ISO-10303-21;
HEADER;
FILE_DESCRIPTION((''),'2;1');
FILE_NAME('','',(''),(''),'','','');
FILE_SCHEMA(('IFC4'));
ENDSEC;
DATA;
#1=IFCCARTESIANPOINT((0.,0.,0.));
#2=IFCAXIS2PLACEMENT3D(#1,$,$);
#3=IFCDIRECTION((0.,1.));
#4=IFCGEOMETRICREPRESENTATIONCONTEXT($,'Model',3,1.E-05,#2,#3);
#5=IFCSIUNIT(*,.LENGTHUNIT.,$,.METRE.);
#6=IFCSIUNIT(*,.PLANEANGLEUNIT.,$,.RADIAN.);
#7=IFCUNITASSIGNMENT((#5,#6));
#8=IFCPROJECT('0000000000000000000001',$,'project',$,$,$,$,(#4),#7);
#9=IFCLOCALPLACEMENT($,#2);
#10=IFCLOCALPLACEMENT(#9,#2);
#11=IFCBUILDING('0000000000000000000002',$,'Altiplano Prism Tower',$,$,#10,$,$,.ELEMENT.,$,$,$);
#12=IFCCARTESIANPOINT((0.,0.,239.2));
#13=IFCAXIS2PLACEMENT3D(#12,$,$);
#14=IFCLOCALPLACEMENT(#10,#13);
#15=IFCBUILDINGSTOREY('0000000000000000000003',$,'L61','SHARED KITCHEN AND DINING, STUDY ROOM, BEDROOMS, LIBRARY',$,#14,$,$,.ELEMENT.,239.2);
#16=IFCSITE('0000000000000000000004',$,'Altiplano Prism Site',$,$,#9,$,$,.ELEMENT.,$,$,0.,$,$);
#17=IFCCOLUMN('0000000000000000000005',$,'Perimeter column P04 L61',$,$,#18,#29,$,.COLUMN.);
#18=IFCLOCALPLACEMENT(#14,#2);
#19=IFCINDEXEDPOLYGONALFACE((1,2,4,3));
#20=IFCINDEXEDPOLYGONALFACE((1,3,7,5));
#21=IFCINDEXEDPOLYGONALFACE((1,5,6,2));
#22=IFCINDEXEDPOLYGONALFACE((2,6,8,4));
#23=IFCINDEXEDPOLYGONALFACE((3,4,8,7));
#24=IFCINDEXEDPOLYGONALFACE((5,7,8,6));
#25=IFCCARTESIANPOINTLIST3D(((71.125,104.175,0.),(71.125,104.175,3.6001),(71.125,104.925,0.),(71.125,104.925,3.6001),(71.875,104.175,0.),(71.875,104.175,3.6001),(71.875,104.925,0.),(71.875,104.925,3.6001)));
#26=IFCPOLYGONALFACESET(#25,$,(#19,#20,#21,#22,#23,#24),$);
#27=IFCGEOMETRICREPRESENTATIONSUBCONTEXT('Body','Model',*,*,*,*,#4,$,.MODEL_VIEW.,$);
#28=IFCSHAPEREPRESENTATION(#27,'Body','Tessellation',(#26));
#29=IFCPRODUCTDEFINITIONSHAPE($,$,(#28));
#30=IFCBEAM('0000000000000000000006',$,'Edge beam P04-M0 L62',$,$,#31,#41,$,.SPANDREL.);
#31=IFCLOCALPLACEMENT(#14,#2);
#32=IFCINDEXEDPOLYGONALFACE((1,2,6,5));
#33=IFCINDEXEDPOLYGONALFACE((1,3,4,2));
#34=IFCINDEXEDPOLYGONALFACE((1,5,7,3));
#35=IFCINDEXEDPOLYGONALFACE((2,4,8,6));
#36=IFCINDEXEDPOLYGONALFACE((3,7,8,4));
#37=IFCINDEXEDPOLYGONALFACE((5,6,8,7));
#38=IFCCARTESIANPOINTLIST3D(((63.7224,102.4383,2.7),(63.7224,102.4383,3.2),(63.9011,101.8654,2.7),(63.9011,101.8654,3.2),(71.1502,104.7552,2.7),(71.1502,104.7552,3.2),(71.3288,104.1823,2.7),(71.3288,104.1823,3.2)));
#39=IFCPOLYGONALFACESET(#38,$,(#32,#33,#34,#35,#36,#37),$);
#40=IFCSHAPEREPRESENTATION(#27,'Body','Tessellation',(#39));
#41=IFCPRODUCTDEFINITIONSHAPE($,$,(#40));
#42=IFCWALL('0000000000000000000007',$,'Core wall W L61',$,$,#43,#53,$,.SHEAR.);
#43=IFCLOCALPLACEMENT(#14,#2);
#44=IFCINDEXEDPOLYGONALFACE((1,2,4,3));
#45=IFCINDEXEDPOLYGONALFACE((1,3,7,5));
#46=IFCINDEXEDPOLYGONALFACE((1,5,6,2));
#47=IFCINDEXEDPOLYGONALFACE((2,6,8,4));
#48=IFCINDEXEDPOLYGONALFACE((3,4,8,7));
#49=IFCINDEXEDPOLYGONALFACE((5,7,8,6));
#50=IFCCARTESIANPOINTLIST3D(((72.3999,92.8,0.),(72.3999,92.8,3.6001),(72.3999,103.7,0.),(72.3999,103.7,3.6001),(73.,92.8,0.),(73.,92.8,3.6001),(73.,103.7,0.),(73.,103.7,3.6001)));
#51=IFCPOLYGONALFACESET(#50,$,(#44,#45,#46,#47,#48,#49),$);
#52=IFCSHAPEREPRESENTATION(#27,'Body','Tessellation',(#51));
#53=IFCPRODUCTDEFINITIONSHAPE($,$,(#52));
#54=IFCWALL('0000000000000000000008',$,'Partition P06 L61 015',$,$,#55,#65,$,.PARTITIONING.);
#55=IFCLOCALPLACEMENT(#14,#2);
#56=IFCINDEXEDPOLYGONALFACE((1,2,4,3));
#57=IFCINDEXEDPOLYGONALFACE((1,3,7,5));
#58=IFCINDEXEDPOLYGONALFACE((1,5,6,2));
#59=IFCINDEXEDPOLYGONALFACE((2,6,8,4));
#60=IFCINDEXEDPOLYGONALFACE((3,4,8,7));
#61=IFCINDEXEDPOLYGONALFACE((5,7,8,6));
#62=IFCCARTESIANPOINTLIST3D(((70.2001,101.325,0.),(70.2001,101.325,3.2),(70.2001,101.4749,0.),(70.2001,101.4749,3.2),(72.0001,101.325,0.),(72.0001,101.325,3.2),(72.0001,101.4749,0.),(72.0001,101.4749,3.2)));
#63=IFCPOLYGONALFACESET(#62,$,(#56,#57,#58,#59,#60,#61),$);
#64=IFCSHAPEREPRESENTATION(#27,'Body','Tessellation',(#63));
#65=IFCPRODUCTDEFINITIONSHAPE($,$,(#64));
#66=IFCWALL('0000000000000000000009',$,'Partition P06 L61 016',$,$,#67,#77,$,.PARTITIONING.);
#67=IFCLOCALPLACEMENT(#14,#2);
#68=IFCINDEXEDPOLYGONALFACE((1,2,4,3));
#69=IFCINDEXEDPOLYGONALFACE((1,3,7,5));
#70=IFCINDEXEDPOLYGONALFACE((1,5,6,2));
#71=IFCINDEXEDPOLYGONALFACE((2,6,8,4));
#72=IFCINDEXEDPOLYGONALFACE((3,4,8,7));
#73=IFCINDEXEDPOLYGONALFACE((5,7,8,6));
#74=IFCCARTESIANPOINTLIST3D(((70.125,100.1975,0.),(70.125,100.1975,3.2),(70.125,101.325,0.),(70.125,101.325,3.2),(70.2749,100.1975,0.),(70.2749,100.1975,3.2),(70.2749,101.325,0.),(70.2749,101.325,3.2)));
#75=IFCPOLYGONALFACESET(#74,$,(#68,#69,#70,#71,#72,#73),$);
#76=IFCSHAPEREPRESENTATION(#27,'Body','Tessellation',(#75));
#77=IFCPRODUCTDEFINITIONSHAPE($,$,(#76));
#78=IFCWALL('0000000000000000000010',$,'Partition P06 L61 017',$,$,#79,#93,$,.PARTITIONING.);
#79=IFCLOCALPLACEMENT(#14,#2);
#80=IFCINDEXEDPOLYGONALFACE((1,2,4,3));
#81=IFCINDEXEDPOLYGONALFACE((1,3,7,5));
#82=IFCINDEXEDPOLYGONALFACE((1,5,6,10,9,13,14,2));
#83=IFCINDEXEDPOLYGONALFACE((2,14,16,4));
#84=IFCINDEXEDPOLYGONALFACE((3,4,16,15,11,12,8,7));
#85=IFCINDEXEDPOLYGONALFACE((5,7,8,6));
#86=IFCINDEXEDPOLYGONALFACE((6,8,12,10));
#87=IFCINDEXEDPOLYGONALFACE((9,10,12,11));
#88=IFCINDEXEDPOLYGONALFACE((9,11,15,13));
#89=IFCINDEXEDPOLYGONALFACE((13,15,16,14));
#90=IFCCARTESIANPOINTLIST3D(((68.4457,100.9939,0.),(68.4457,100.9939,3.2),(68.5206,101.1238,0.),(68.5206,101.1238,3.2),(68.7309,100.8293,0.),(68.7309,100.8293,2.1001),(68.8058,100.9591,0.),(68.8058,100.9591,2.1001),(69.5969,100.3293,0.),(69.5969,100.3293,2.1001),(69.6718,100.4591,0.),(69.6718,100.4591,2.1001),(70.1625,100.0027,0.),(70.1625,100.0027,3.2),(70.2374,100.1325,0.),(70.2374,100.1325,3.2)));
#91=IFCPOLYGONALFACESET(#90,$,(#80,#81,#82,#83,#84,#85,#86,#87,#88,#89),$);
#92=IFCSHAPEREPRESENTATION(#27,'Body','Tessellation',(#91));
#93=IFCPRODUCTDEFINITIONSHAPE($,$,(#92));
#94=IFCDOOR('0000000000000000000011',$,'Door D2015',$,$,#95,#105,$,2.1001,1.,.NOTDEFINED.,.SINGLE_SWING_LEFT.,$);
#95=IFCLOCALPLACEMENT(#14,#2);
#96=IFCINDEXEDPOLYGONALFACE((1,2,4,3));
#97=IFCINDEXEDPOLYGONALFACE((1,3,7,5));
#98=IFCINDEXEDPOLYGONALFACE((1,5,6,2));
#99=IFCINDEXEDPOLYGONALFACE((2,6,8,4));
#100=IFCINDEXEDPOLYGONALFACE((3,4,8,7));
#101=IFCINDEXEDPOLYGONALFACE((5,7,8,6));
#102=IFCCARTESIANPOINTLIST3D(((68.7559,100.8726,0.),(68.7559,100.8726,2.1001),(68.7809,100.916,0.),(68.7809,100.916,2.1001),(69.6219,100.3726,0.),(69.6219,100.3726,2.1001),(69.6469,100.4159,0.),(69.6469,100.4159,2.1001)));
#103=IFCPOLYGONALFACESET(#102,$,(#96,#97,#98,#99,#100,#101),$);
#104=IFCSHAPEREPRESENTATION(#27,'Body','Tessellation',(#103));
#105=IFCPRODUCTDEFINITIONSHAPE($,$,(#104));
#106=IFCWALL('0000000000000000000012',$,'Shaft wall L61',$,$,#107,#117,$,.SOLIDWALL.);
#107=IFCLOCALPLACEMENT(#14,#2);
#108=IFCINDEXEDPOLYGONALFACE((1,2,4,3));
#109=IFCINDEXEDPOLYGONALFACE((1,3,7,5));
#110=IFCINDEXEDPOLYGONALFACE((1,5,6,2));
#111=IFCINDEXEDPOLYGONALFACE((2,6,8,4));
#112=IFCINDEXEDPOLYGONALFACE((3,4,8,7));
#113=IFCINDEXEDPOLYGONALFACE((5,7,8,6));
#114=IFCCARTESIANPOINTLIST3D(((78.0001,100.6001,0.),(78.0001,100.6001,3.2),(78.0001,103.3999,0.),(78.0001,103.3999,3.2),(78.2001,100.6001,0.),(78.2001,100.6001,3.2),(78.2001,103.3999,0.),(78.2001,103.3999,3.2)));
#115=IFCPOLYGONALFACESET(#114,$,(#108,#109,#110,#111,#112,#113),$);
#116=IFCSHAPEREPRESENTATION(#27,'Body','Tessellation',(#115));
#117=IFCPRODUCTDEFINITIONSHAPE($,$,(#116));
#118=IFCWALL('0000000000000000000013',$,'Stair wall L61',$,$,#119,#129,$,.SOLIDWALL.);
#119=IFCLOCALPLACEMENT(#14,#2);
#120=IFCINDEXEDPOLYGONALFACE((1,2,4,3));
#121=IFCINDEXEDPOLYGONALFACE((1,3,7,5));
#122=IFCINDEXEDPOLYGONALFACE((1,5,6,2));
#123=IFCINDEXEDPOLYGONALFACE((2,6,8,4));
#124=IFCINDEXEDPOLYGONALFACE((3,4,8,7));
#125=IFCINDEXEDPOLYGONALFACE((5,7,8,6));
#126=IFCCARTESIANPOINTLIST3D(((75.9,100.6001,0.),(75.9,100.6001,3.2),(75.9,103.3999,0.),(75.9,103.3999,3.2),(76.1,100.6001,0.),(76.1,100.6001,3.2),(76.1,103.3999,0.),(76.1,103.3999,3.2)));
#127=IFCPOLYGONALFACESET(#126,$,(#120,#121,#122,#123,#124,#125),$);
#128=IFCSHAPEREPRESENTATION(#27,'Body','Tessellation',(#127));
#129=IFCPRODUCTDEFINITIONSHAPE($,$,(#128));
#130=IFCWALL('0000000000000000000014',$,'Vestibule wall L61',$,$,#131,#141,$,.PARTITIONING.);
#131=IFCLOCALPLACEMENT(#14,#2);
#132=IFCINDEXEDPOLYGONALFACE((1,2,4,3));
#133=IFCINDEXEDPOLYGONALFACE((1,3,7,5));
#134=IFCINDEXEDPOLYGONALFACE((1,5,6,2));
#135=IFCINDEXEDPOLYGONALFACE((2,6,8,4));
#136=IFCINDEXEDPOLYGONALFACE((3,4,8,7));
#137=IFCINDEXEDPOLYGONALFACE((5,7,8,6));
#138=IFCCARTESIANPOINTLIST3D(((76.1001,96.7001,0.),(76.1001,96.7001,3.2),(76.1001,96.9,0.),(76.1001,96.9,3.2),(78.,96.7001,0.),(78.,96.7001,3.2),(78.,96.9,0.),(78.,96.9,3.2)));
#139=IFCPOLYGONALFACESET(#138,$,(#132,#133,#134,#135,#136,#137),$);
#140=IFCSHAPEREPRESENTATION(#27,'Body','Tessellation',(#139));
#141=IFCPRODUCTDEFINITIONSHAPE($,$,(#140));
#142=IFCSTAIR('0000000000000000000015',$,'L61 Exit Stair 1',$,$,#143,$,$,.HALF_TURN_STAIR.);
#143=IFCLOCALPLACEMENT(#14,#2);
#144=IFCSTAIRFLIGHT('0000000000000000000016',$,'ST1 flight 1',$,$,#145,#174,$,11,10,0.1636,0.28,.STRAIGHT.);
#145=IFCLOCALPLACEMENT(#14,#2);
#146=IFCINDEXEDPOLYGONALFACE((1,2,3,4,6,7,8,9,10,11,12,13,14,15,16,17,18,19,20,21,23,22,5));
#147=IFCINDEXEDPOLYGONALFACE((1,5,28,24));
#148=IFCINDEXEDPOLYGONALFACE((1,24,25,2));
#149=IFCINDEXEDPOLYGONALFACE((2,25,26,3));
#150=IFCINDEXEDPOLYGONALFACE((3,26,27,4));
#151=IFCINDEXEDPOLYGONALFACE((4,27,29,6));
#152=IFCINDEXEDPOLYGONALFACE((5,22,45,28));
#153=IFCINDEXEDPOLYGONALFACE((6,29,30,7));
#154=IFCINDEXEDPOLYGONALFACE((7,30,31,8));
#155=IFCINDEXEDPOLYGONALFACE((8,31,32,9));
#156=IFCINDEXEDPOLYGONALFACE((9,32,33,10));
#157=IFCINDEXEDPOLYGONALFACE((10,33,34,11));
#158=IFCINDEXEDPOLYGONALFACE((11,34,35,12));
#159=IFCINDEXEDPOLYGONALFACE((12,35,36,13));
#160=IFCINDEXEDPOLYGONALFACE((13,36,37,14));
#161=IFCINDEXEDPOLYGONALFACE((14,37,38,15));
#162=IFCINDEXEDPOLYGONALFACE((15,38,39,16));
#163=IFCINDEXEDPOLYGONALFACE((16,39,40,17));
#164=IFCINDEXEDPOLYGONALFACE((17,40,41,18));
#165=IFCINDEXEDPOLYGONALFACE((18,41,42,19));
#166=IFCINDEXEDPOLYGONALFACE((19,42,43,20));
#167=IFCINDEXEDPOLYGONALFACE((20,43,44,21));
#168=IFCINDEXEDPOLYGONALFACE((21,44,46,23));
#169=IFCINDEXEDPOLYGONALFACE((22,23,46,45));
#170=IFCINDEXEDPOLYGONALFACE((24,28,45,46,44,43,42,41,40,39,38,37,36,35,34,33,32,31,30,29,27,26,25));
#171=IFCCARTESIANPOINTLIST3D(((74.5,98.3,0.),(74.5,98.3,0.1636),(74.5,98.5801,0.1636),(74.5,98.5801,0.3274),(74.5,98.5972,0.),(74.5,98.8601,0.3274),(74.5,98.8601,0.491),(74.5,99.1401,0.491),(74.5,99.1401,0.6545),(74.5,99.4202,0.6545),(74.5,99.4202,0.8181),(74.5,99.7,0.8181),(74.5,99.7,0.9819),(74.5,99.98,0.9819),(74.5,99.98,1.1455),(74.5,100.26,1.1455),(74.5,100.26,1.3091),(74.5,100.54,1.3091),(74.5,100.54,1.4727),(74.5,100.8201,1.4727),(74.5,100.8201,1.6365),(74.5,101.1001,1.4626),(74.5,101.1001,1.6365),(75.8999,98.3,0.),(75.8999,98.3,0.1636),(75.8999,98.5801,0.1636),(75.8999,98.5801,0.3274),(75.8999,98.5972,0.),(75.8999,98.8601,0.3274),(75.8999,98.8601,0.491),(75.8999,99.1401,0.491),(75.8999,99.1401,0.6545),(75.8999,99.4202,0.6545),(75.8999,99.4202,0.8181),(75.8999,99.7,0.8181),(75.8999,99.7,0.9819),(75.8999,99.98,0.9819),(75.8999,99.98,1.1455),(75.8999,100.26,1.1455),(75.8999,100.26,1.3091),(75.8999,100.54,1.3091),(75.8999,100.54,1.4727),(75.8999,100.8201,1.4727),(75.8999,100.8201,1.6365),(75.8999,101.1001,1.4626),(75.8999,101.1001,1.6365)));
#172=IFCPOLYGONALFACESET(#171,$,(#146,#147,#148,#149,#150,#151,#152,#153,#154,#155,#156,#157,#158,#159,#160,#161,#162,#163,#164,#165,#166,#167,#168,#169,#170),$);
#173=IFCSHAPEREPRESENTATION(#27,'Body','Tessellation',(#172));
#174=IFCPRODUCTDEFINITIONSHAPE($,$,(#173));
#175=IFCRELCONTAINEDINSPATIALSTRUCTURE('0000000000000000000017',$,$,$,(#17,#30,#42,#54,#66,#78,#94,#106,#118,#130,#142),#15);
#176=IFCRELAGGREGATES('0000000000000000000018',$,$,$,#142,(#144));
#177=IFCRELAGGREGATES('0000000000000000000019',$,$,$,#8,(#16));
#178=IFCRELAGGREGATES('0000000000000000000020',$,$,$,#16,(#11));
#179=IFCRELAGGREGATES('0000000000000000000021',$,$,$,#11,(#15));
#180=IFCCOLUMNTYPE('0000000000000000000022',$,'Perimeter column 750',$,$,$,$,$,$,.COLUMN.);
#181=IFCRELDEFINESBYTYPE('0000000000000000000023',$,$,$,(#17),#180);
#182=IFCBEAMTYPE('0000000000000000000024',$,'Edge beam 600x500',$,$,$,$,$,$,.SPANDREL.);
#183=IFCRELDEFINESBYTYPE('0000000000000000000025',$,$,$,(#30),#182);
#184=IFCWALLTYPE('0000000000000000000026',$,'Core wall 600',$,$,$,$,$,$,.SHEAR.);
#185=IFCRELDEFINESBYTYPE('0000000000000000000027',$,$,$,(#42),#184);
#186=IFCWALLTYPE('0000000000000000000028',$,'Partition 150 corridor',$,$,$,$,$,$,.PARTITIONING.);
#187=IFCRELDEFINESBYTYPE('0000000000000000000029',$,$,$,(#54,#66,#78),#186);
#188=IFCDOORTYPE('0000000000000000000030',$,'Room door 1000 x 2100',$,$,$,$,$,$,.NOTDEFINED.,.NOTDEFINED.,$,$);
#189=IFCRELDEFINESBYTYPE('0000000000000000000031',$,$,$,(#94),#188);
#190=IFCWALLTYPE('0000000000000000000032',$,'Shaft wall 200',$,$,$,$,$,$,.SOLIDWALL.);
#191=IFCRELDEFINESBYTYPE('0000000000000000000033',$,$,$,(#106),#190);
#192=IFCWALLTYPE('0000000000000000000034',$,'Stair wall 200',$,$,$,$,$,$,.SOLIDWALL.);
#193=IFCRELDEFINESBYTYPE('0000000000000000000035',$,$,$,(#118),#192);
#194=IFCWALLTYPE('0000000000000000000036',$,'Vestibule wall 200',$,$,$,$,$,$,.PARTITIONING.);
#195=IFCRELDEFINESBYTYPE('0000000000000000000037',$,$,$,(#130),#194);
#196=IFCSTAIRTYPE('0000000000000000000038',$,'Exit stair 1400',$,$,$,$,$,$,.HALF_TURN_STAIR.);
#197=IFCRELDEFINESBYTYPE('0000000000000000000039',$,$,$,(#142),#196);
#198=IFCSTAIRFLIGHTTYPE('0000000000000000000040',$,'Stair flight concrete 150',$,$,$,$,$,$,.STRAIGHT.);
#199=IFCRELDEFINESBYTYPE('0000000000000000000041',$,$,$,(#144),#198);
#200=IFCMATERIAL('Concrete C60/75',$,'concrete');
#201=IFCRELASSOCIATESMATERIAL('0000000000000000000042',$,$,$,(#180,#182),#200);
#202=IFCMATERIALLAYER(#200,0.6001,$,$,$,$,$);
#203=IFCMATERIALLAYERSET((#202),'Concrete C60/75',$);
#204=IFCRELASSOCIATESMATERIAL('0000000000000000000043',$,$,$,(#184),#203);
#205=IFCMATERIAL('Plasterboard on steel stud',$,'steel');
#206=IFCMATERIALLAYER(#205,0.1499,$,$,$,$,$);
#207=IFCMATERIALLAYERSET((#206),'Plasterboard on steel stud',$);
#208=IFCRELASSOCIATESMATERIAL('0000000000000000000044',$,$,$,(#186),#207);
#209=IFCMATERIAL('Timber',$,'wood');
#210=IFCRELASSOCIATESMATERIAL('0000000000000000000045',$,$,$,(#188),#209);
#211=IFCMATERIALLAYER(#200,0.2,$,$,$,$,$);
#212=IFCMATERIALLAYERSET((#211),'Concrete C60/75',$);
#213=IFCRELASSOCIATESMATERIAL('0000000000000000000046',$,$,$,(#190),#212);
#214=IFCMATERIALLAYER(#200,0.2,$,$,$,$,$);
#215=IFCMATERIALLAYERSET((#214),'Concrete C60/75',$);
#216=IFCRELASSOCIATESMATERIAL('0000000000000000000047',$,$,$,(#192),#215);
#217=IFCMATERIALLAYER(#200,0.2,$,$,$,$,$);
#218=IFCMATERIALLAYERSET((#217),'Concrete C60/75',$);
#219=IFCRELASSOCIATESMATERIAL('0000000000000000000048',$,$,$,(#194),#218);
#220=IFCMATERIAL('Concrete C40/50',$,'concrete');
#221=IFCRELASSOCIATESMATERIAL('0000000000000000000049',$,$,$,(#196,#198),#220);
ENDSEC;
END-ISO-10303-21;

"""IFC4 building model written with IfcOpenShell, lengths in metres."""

from ifc_helpers import new_model, si_unit, direction, frame, frame_2d, origin, origin_2d, place, context, subcontext, project, spatial, polyline, rectangle, outline, extrude, material, layer, layer_set, material_profile, profile_set, type_object, element, fill, aggregate, save


model = new_model("IFC4")

# Units and contexts
model_context = context("Model", 3, precision=1e-05, world=origin(), true_north=direction((0.0, 1.0)))
body_context = subcontext(model_context, "Body", "Model", "MODEL_VIEW")
ifc_project = project(units=[si_unit("LENGTHUNIT", "METRE"), si_unit("PLANEANGLEUNIT", "RADIAN")], contexts=[model_context])

# Site, building, storey
site_placement = place(None, origin())
site = spatial("IfcSite", under=ifc_project, at=site_placement, Name="Altiplano Prism Site", CompositionType="ELEMENT", RefElevation=0.0)
building_placement = place(site_placement, origin())
building = spatial("IfcBuilding", under=site, at=building_placement, Name="Altiplano Prism Tower", CompositionType="ELEMENT")
storey_placement = place(building_placement, frame((0.0, 0.0, 239.2)))
storey = spatial("IfcBuildingStorey", under=building, at=storey_placement, Name="L61", Description="SHARED KITCHEN AND DINING, STUDY ROOM, BEDROOMS, LIBRARY", CompositionType="ELEMENT", Elevation=239.2)

# Column
ifc_material_1 = material(Name="Concrete C60/75", Category="concrete")
ifc_material_profile_1 = material_profile(ifc_material_1, rectangle(XDim=0.75, YDim=0.75, at=origin_2d()), Name="Perimeter column 750")
ifc_profile_set_1 = profile_set([ifc_material_profile_1], Name="Concrete C60/75")
column_type = type_object("IfcColumnType", Name="Perimeter column 750", PredefinedType="COLUMN", material=ifc_profile_set_1)
column_placement = place(storey_placement, frame((71.5, 104.55, 0.0), z_axis=(0.0, 0.0, 1.0), x_axis=(1.0, 0.0, 0.0)))
element("IfcColumn", 1, at=column_placement, inside=storey, type_object=column_type, Name="Perimeter column P04 L61", PredefinedType="COLUMN", context=body_context, shape_type="SweptSolid", body=[
    extrude(rectangle(XDim=0.75, YDim=0.75, at=origin_2d()), origin(), (0.0, 0.0, 1.0), 3.6001),
])

# Beam
ifc_material_profile_2 = material_profile(ifc_material_1, rectangle(XDim=0.6001, YDim=0.5, at=origin_2d()), Name="Edge beam 600x500")
ifc_profile_set_2 = profile_set([ifc_material_profile_2], Name="Concrete C60/75")
beam_type = type_object("IfcBeamType", Name="Edge beam 600x500", PredefinedType="SPANDREL", material=ifc_profile_set_2)
beam_placement = place(storey_placement, frame((71.2395, 104.4688, 2.95), z_axis=(-0.954636, -0.297775, 0.0), x_axis=(0.297775, -0.954636, 0.0)))
element("IfcBeam", 2, at=beam_placement, inside=storey, type_object=beam_type, Name="Edge beam P04-M0 L62", PredefinedType="SPANDREL", context=body_context, shape_type="SweptSolid", body=[
    extrude(rectangle(XDim=0.6001, YDim=0.5, at=origin_2d()), origin(), (0.0, 0.0, 1.0), 7.7808),
])

# Walls
ifc_layer_1 = layer(ifc_material_1, 0.6001)
ifc_layer_set_1 = layer_set([ifc_layer_1], Name="Concrete C60/75")
wall_type_1 = type_object("IfcWallType", Name="Core wall 600", PredefinedType="SHEAR", material=ifc_layer_set_1)
wall_1_placement = place(storey_placement, frame((72.7, 103.7, 0.0), z_axis=(0.0, 0.0, 1.0), x_axis=(0.0, -1.0, 0.0)))
element("IfcWall", 3, at=wall_1_placement, inside=storey, type_object=wall_type_1, Name="Core wall W L61", PredefinedType="SHEAR", context=body_context, shape_type="SweptSolid", body=[
    extrude(rectangle(XDim=10.8999, YDim=0.6001, at=frame_2d((5.45, 0.0))), origin(), (0.0, 0.0, 1.0), 3.6001),
])
ifc_material_2 = material(Name="Plasterboard on steel stud", Category="steel")
ifc_layer_2 = layer(ifc_material_2, 0.1499)
ifc_layer_set_2 = layer_set([ifc_layer_2], Name="Plasterboard on steel stud")
wall_type_2 = type_object("IfcWallType", Name="Partition 150 corridor", PredefinedType="PARTITIONING", material=ifc_layer_set_2)
wall_2_placement = place(storey_placement, frame((72.0, 101.3999, 0.0), z_axis=(0.0, 0.0, 1.0), x_axis=(-1.0, 0.0, 0.0)))
element("IfcWall", 4, at=wall_2_placement, inside=storey, type_object=wall_type_2, Name="Partition P06 L61 015", PredefinedType="PARTITIONING", context=body_context, shape_type="SweptSolid", body=[
    extrude(rectangle(XDim=1.8, YDim=0.1499, at=frame_2d((0.8999, 0.0))), origin(), (0.0, 0.0, 1.0), 3.2),
])
wall_3_placement = place(storey_placement, frame((70.2, 101.325, 0.0), z_axis=(0.0, 0.0, 1.0), x_axis=(0.0, -1.0, 0.0)))
element("IfcWall", 5, at=wall_3_placement, inside=storey, type_object=wall_type_2, Name="Partition P06 L61 016", PredefinedType="PARTITIONING", context=body_context, shape_type="SweptSolid", body=[
    extrude(rectangle(XDim=1.1274, YDim=0.1499, at=frame_2d((0.5637, 0.0))), origin(), (0.0, 0.0, 1.0), 3.2),
])

# Wall, opening, door
wall_4_placement = place(storey_placement, frame((70.2, 100.0676, 0.0), z_axis=(0.0, 0.0, 1.0), x_axis=(-0.866022, 0.500007, 0.0)))
wall_4 = element("IfcWall", 6, at=wall_4_placement, inside=storey, type_object=wall_type_2, Name="Partition P06 L61 017", PredefinedType="PARTITIONING", context=body_context, shape_type="SweptSolid", body=[
    extrude(rectangle(XDim=1.9824, YDim=0.1499, at=frame_2d((0.9912, 0.0))), origin(), (0.0, 0.0, 1.0), 3.2),
])
opening_1_placement = place(wall_4_placement, frame((0.6531, 0.0, 0.0)))
opening_1 = element("IfcOpeningElement", 7, at=opening_1_placement, cuts=wall_4, PredefinedType="OPENING", context=body_context, shape_type="SweptSolid", body=[
    extrude(rectangle(XDim=1.0, YDim=2.1001, at=frame_2d((0.5, 1.05))), frame((0.0, 0.0854, 0.0), z_axis=(0.0, -1.0, 0.0), x_axis=(1.0, 0.0, 0.0)), (0.0, 0.0, 1.0), 0.1709),
])
ifc_material_3 = material(Name="Timber", Category="wood")
door_type_1 = type_object("IfcDoorType", Name="Room door 1000 x 2100", OperationType="NOTDEFINED", PredefinedType="NOTDEFINED", material=ifc_material_3)
door_1_placement = place(opening_1_placement, origin())
door_1 = element("IfcDoor", 8, at=door_1_placement, inside=storey, type_object=door_type_1, Name="Door D2015", OperationType="SINGLE_SWING_LEFT", OverallHeight=2.1001, OverallWidth=1.0, PredefinedType="NOTDEFINED", context=body_context, shape_type="SweptSolid", body=[
    extrude(rectangle(XDim=1.0, YDim=2.1001, at=frame_2d((0.5, 1.05))), frame((0.0, 0.0249, 0.0), z_axis=(0.0, -1.0, 0.0), x_axis=(1.0, 0.0, 0.0)), (0.0, 0.0, 1.0), 0.05),
])
fill(opening_1, door_1)

# Wall
ifc_layer_3 = layer(ifc_material_1, 0.2)
ifc_layer_set_3 = layer_set([ifc_layer_3], Name="Concrete C60/75")
wall_type_3 = type_object("IfcWallType", Name="Shaft wall 200", PredefinedType="SOLIDWALL", material=ifc_layer_set_3)
wall_5_placement = place(storey_placement, frame((78.1001, 100.6001, 0.0), z_axis=(0.0, 0.0, 1.0), x_axis=(0.0, 1.0, 0.0)))
element("IfcWall", 9, at=wall_5_placement, inside=storey, type_object=wall_type_3, Name="Shaft wall L61", PredefinedType="SOLIDWALL", context=body_context, shape_type="SweptSolid", body=[
    extrude(rectangle(XDim=2.7998, YDim=0.2, at=frame_2d((1.3999, 0.0))), origin(), (0.0, 0.0, 1.0), 3.2),
])

# Shared definitions
ifc_layer_4 = layer(ifc_material_1, 0.2)
ifc_layer_set_4 = layer_set([ifc_layer_4], Name="Concrete C60/75")
wall_type_4 = type_object("IfcWallType", Name="Stair wall 200", PredefinedType="SOLIDWALL", material=ifc_layer_set_4)

# Walls
wall_6_placement = place(storey_placement, frame((76.0, 100.6001, 0.0), z_axis=(0.0, 0.0, 1.0), x_axis=(0.0, 1.0, 0.0)))
element("IfcWall", 10, at=wall_6_placement, inside=storey, type_object=wall_type_4, Name="Stair wall L61", PredefinedType="SOLIDWALL", context=body_context, shape_type="SweptSolid", body=[
    extrude(rectangle(XDim=2.7998, YDim=0.2, at=frame_2d((1.3999, 0.0))), origin(), (0.0, 0.0, 1.0), 3.2),
])
ifc_layer_5 = layer(ifc_material_1, 0.2)
ifc_layer_set_5 = layer_set([ifc_layer_5], Name="Concrete C60/75")
wall_type_5 = type_object("IfcWallType", Name="Vestibule wall 200", PredefinedType="PARTITIONING", material=ifc_layer_set_5)
wall_7_placement = place(storey_placement, frame((76.1001, 96.8, 0.0), z_axis=(0.0, 0.0, 1.0), x_axis=(1.0, 0.0, 0.0)))
element("IfcWall", 11, at=wall_7_placement, inside=storey, type_object=wall_type_5, Name="Vestibule wall L61", PredefinedType="PARTITIONING", context=body_context, shape_type="SweptSolid", body=[
    extrude(rectangle(XDim=1.8999, YDim=0.2, at=frame_2d((0.95, 0.0))), origin(), (0.0, 0.0, 1.0), 3.2),
])

# Stair, stair flight
ifc_material_4 = material(Name="Concrete C40/50", Category="concrete")
stair_type = type_object("IfcStairType", Name="Exit stair 1400", PredefinedType="HALF_TURN_STAIR", material=ifc_material_4)
stair_placement = place(storey_placement, origin())
stair = element("IfcStair", 12, at=stair_placement, inside=storey, type_object=stair_type, Name="L61 Exit Stair 1", PredefinedType="HALF_TURN_STAIR")
stair_flight_type = type_object("IfcStairFlightType", Name="Stair flight concrete 150", PredefinedType="STRAIGHT", material=ifc_material_4)
stair_flight_1_placement = place(storey_placement, frame((75.2, 98.3, 0.0), z_axis=(0.0, 0.0, 1.0), x_axis=(0.0, 1.0, 0.0)))
stair_flight_1 = element("IfcStairFlight", 13, at=stair_flight_1_placement, type_object=stair_flight_type, Name="ST1 flight 1", NumberOfRisers=11, NumberOfTreads=10, PredefinedType="STRAIGHT", RiserHeight=0.1636, TreadLength=0.28, context=body_context, shape_type="SweptSolid", body=[
    extrude(outline(polyline([(0.0, 0.0), (0.0, 0.1636), (0.28, 0.1636), (0.28, 0.3274), (0.5601, 0.3274), (0.5601, 0.491), (0.8401, 0.491), (0.8401, 0.6545), (1.1201, 0.6545), (1.1201, 0.8181), (1.3999, 0.8181), (1.3999, 0.9819), (1.6799, 0.9819), (1.6799, 1.1455), (1.96, 1.1455), (1.96, 1.3091), (2.24, 1.3091), (2.24, 1.4727), (2.52, 1.4727), (2.52, 1.6365), (2.8, 1.6365), (2.8, 1.8), (2.8, 1.4626), (0.2971, 0.0), (0.0, 0.0)])), frame((0.0, 0.7, 0.0), z_axis=(0.0, -1.0, 0.0), x_axis=(1.0, 0.0, 0.0)), (0.0, 0.0, 1.0), 1.3999),
])
aggregate(stair, [stair_flight_1])

save(model, "model.ifc")
